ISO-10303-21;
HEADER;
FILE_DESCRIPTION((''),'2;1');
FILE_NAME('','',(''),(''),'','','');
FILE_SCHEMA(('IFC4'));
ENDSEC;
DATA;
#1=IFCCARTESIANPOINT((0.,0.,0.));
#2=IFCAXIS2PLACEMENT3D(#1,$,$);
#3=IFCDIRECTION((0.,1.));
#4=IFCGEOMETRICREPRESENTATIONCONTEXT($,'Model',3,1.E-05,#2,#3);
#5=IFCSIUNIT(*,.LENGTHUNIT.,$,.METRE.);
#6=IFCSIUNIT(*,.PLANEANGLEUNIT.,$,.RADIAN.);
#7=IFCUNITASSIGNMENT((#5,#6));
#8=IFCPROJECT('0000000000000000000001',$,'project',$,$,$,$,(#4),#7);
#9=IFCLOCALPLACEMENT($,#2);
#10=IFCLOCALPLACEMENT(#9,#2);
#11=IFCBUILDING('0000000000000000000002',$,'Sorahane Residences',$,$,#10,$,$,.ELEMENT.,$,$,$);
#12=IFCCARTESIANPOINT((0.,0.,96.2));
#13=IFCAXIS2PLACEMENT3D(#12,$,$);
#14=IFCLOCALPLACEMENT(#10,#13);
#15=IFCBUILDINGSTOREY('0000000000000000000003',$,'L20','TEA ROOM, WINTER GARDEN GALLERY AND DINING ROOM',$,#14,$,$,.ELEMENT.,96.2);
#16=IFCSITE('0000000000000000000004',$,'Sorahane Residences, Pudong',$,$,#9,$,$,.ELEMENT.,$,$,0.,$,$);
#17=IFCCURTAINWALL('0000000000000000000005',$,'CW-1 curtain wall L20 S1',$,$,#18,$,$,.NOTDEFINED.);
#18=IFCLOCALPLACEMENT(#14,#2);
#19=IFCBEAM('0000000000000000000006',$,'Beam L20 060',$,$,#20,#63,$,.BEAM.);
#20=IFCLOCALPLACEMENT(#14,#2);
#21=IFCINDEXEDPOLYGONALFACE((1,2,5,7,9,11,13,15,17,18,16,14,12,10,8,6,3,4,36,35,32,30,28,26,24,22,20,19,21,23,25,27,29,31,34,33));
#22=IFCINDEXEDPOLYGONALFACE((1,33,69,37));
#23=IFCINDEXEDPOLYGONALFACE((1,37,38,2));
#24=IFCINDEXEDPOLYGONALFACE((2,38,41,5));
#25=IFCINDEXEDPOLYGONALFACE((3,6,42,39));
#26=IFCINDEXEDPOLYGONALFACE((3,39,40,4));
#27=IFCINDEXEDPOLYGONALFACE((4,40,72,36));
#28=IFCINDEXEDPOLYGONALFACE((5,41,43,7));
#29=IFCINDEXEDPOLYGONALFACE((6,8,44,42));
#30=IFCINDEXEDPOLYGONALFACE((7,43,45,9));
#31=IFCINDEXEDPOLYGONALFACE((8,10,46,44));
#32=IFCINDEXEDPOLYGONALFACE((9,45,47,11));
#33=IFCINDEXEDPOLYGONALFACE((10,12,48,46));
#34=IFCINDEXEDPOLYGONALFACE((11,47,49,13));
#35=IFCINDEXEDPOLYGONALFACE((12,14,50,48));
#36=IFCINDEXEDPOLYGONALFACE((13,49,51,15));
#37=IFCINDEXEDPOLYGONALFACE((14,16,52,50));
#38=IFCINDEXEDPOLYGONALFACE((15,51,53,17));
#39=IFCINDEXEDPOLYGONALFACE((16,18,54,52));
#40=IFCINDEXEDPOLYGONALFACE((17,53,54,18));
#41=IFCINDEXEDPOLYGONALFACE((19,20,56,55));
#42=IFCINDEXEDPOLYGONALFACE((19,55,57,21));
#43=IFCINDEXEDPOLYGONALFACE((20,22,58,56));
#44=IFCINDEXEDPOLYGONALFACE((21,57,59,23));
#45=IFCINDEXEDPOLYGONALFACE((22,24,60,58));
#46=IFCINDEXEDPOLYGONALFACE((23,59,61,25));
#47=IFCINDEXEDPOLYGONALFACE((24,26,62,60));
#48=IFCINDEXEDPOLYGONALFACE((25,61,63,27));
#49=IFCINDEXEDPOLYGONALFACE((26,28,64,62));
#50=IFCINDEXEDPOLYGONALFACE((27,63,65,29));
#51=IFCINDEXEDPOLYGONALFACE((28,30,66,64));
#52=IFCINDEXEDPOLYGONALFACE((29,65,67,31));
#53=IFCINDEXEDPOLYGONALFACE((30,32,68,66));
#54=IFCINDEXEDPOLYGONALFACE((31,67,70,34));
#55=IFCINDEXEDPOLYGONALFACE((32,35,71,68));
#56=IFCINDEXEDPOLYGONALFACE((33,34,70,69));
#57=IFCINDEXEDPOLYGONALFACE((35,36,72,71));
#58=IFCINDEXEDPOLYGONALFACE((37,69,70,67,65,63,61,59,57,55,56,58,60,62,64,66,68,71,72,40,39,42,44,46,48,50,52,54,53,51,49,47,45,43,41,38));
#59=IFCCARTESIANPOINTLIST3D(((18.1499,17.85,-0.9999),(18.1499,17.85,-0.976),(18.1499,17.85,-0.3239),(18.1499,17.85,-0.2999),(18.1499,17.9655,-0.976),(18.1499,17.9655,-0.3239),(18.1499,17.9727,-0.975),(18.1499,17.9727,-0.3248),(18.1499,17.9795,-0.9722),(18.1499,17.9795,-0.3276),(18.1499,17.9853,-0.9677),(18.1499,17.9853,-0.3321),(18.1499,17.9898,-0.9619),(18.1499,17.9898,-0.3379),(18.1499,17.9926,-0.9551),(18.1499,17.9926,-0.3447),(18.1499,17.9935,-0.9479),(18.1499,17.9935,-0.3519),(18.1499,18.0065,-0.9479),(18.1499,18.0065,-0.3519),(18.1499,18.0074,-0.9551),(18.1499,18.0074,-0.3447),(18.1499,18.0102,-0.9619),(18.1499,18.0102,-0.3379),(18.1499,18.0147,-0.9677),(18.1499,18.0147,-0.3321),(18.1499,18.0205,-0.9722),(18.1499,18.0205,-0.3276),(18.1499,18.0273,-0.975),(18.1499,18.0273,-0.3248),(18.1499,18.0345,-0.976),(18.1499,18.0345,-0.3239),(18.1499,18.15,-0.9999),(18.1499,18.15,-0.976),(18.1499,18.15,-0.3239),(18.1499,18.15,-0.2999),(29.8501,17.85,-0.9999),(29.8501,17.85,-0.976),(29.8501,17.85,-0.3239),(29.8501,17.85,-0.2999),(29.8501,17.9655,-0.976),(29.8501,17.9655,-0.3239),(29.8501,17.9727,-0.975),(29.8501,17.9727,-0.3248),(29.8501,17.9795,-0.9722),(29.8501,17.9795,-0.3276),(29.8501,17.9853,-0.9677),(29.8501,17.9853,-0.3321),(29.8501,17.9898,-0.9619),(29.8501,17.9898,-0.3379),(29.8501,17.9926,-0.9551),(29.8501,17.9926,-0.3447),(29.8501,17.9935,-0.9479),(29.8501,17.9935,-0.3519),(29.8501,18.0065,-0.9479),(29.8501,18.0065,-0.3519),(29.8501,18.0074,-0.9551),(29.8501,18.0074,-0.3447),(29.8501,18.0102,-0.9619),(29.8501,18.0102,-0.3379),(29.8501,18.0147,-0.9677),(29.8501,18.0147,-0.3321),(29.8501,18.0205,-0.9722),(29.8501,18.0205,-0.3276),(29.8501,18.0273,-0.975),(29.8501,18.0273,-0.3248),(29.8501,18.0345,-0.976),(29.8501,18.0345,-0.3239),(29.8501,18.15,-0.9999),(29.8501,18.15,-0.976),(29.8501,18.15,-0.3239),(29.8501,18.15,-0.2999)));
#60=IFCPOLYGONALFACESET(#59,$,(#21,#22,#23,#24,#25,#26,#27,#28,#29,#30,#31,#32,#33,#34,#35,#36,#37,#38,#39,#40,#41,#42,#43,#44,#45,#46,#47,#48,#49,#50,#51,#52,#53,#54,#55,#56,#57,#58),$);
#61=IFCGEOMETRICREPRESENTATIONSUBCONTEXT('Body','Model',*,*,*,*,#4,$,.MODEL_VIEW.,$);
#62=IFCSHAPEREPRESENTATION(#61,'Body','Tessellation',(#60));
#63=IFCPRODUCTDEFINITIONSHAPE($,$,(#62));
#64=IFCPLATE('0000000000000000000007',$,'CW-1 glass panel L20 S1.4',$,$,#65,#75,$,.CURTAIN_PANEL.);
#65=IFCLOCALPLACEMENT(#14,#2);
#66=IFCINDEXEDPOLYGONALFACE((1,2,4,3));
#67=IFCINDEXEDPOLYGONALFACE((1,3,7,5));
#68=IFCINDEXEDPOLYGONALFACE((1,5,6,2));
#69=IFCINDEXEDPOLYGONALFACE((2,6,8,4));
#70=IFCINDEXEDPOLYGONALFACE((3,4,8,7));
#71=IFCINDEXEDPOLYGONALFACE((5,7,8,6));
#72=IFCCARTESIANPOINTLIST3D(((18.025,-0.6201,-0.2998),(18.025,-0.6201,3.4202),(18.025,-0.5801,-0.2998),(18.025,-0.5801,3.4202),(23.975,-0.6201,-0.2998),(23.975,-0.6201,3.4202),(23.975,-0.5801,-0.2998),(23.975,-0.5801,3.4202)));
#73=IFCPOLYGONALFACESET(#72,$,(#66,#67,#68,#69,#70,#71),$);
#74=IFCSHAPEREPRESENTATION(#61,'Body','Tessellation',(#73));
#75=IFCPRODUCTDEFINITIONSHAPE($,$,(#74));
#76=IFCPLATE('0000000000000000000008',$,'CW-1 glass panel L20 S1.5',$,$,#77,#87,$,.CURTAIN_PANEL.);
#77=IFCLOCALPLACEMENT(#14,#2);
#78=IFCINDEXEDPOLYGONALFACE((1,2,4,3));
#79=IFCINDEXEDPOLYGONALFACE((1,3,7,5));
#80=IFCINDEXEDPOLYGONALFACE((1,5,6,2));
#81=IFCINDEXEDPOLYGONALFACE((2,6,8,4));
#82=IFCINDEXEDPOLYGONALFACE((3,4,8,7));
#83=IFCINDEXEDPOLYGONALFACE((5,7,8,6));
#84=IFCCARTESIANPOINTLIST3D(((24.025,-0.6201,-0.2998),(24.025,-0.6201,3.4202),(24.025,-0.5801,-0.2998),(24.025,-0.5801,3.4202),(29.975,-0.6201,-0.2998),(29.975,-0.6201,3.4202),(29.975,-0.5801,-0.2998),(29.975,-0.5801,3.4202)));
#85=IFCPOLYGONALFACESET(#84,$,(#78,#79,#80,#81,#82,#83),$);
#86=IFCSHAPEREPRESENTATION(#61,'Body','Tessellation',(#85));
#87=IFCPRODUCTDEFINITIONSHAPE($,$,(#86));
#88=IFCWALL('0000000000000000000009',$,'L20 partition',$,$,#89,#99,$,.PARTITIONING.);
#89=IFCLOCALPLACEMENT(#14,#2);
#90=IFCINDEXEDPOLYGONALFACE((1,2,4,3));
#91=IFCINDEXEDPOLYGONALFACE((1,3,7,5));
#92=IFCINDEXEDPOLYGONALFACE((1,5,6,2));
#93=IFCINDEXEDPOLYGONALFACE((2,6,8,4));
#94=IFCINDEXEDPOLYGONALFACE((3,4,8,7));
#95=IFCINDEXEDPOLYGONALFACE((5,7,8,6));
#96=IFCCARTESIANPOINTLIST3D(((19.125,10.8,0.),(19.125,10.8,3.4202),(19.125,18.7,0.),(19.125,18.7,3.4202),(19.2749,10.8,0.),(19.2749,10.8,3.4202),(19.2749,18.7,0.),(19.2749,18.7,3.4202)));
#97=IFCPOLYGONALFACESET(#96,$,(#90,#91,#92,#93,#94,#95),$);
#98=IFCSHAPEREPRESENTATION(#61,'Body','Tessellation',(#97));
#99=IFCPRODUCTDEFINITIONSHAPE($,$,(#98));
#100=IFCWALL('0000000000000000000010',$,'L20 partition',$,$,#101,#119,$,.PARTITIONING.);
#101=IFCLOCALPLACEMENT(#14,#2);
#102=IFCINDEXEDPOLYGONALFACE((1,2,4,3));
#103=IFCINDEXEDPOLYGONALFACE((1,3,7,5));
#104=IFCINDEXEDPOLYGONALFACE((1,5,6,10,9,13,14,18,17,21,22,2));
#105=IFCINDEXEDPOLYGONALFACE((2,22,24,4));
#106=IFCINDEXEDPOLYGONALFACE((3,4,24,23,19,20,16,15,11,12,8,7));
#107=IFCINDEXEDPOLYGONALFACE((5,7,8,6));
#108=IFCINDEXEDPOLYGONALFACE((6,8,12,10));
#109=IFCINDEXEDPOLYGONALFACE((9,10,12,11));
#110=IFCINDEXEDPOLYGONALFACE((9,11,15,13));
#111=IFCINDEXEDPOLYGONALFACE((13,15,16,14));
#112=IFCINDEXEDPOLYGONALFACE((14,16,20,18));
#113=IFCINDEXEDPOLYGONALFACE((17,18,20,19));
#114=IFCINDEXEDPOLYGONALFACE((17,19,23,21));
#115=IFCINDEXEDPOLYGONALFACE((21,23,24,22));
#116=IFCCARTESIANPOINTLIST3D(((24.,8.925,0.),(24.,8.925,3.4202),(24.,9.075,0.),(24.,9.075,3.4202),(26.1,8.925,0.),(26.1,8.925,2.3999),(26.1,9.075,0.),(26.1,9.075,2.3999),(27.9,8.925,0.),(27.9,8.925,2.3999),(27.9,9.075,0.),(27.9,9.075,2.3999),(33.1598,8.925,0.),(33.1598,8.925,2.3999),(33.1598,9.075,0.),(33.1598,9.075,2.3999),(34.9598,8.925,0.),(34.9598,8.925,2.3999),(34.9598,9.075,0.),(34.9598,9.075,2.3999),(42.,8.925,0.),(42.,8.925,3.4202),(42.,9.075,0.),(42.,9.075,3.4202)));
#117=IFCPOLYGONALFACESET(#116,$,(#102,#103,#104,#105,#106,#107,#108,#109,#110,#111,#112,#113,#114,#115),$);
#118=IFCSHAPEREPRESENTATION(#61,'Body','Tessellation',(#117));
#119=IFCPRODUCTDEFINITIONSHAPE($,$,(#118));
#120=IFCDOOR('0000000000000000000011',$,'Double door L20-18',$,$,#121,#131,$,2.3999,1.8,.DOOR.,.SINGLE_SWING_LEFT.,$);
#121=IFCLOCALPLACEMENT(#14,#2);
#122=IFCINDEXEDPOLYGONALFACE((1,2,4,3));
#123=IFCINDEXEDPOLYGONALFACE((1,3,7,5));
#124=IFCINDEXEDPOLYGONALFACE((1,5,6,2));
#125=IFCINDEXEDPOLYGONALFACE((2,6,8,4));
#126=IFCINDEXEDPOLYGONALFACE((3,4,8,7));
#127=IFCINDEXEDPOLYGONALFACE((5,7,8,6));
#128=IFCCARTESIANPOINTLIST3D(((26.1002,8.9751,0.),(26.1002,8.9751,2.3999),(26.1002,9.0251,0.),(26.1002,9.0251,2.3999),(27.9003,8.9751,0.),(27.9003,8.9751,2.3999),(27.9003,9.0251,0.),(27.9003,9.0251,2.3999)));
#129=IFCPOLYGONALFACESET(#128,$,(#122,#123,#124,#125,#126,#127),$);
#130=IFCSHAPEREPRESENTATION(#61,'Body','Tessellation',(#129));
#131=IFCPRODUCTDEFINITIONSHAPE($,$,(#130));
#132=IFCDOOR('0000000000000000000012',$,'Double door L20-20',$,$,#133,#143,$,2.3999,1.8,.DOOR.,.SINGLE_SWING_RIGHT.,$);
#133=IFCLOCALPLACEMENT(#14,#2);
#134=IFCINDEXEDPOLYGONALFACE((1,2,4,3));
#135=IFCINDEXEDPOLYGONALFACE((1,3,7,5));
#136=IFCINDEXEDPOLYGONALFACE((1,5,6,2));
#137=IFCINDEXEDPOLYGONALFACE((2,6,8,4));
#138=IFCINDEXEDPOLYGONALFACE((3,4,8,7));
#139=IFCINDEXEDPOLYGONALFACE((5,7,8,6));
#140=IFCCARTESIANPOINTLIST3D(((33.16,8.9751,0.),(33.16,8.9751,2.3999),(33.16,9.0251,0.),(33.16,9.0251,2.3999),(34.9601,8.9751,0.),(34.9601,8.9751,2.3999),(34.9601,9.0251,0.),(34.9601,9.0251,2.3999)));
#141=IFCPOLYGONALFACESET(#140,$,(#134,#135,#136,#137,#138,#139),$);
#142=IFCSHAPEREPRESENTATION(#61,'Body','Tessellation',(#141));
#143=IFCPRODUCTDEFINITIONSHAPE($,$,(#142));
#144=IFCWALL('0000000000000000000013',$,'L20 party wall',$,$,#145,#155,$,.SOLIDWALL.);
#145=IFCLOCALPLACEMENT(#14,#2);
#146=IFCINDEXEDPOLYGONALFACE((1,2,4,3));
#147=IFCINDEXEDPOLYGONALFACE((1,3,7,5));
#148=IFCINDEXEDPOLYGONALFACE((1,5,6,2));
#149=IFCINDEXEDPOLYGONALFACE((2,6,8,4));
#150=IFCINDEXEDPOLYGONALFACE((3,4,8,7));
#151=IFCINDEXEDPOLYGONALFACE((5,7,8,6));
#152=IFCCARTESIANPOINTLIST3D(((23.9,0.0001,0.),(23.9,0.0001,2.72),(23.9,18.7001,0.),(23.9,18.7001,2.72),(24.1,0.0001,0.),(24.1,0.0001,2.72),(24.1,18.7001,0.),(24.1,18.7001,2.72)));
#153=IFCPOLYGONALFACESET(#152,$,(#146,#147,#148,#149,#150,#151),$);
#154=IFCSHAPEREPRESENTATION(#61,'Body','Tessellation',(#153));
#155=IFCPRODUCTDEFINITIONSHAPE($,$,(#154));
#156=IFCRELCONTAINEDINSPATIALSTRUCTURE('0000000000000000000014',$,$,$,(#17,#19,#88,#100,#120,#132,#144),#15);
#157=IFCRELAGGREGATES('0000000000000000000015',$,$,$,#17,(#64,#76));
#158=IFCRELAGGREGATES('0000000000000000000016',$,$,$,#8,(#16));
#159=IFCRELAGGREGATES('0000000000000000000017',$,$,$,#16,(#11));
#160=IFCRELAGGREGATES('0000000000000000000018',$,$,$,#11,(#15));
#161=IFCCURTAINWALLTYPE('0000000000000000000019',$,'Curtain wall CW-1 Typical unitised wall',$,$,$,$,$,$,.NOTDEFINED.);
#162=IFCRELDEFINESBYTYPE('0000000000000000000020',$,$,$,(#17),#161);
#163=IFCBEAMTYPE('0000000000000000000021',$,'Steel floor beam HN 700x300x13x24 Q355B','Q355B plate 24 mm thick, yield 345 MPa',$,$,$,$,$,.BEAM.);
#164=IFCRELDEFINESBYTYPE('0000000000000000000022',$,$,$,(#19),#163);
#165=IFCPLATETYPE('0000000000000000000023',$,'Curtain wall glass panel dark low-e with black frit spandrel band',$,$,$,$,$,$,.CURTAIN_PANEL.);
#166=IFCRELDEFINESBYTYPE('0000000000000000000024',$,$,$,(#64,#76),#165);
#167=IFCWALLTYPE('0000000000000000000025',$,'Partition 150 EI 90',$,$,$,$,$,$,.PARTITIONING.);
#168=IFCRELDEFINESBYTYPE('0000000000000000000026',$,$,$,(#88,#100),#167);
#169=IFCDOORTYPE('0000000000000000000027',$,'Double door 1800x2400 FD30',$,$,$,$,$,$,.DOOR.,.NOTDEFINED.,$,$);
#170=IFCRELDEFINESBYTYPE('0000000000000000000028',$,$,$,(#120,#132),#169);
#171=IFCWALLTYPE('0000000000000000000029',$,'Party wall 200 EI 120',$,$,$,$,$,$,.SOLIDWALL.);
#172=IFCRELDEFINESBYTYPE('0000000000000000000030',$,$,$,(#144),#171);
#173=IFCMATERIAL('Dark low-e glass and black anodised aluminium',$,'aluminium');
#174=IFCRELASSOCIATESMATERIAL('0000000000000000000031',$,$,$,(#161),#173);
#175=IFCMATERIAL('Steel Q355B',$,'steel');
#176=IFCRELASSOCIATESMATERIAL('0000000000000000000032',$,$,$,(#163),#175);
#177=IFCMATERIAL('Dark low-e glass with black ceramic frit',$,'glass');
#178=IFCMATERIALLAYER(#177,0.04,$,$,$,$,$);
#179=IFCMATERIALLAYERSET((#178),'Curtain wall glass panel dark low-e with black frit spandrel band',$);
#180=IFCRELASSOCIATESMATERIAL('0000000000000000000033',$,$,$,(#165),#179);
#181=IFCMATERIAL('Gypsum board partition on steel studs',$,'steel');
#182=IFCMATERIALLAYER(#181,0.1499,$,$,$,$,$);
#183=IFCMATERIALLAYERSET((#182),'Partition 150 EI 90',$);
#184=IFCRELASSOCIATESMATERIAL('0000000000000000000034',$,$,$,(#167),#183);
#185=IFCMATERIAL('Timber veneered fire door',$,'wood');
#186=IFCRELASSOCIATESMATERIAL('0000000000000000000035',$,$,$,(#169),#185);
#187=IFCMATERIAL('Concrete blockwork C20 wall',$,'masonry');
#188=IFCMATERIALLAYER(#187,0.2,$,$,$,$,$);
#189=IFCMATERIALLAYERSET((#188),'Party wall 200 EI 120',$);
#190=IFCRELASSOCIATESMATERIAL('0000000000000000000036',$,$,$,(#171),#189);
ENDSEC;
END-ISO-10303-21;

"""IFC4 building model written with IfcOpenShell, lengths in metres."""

from ifc_helpers import new_model, si_unit, direction, frame, frame_2d, origin, origin_2d, place, context, subcontext, project, spatial, rectangle, i_section, extrude, material, layer, layer_set, material_profile, profile_set, type_object, element, fill, aggregate, save


model = new_model("IFC4")

# Units and contexts
model_context = context("Model", 3, precision=1e-05, world=origin(), true_north=direction((0.0, 1.0)))
body_context = subcontext(model_context, "Body", "Model", "MODEL_VIEW")
ifc_project = project(units=[si_unit("LENGTHUNIT", "METRE"), si_unit("PLANEANGLEUNIT", "RADIAN")], contexts=[model_context])

# Site, building, storey
site_placement = place(None, origin())
site = spatial("IfcSite", under=ifc_project, at=site_placement, Name="Sorahane Residences, Pudong", CompositionType="ELEMENT", RefElevation=0.0)
building_placement = place(site_placement, origin())
building = spatial("IfcBuilding", under=site, at=building_placement, Name="Sorahane Residences", CompositionType="ELEMENT")
storey_placement = place(building_placement, frame((0.0, 0.0, 96.2)))
storey = spatial("IfcBuildingStorey", under=building, at=storey_placement, Name="L20", Description="TEA ROOM, WINTER GARDEN GALLERY AND DINING ROOM", CompositionType="ELEMENT", Elevation=96.2)

# Curtain wall
ifc_material_1 = material(Name="Dark low-e glass and black anodised aluminium", Category="aluminium")
curtain_wall_type = type_object("IfcCurtainWallType", Name="Curtain wall CW-1 Typical unitised wall", PredefinedType="NOTDEFINED", material=ifc_material_1)
curtain_wall_placement = place(storey_placement, origin())
curtain_wall = element("IfcCurtainWall", 1, at=curtain_wall_placement, inside=storey, type_object=curtain_wall_type, Name="CW-1 curtain wall L20 S1", PredefinedType="NOTDEFINED")

# Beam
ifc_material_2 = material(Name="Steel Q355B", Category="steel")
ifc_material_profile_1 = material_profile(ifc_material_2, i_section(OverallWidth=0.3, OverallDepth=0.7, WebThickness=0.0129, FlangeThickness=0.0239, FilletRadius=0.0281, at=origin_2d()), Name="HN 700x300x13x24")
ifc_profile_set_1 = profile_set([ifc_material_profile_1], Name="Steel Q355B")
beam_type_1 = type_object("IfcBeamType", Name="Steel floor beam HN 700x300x13x24 Q355B", Description="Q355B plate 24 mm thick, yield 345 MPa", PredefinedType="BEAM", material=ifc_profile_set_1)
beam_1_placement = place(storey_placement, frame((18.1499, 18.0, -0.6499), z_axis=(1.0, 0.0, 0.0), x_axis=(0.0, 1.0, 0.0)))
element("IfcBeam", 2, at=beam_1_placement, inside=storey, type_object=beam_type_1, Name="Beam L20 060", PredefinedType="BEAM", context=body_context, shape_type="SweptSolid", body=[
    extrude(i_section(OverallWidth=0.3, OverallDepth=0.7, WebThickness=0.0129, FlangeThickness=0.0239, FilletRadius=0.0281, at=origin_2d()), origin(), (0.0, 0.0, 1.0), 11.7002),
])

# Plates
ifc_material_3 = material(Name="Dark low-e glass with black ceramic frit", Category="glass")
ifc_layer_1 = layer(ifc_material_3, 0.04)
ifc_layer_set_1 = layer_set([ifc_layer_1], Name="Curtain wall glass panel dark low-e with black frit spandrel band")
plate_type = type_object("IfcPlateType", Name="Curtain wall glass panel dark low-e with black frit spandrel band", PredefinedType="CURTAIN_PANEL", material=ifc_layer_set_1)
plate_1_placement = place(storey_placement, frame((21.0, -0.6001, -0.2998), z_axis=(0.0, 0.0, 1.0), x_axis=(1.0, 0.0, 0.0)))
plate_1 = element("IfcPlate", 3, at=plate_1_placement, type_object=plate_type, Name="CW-1 glass panel L20 S1.4", PredefinedType="CURTAIN_PANEL", context=body_context, shape_type="SweptSolid", body=[
    extrude(rectangle(XDim=5.95, YDim=0.04, at=origin_2d()), origin(), (0.0, 0.0, 1.0), 3.72),
])
plate_2_placement = place(storey_placement, frame((27.0, -0.6001, -0.2998), z_axis=(0.0, 0.0, 1.0), x_axis=(1.0, 0.0, 0.0)))
plate_2 = element("IfcPlate", 4, at=plate_2_placement, type_object=plate_type, Name="CW-1 glass panel L20 S1.5", PredefinedType="CURTAIN_PANEL", context=body_context, shape_type="SweptSolid", body=[
    extrude(rectangle(XDim=5.95, YDim=0.04, at=origin_2d()), origin(), (0.0, 0.0, 1.0), 3.72),
])
aggregate(curtain_wall, [plate_1, plate_2])

# Wall
ifc_material_4 = material(Name="Gypsum board partition on steel studs", Category="steel")
ifc_layer_2 = layer(ifc_material_4, 0.1499)
ifc_layer_set_2 = layer_set([ifc_layer_2], Name="Partition 150 EI 90")
wall_type_1 = type_object("IfcWallType", Name="Partition 150 EI 90", PredefinedType="PARTITIONING", material=ifc_layer_set_2)
wall_1_placement = place(storey_placement, frame((19.2, 10.8, 0.0), z_axis=(0.0, 0.0, 1.0), x_axis=(0.0, 1.0, 0.0)))
element("IfcWall", 5, at=wall_1_placement, inside=storey, type_object=wall_type_1, Name="L20 partition", PredefinedType="PARTITIONING", context=body_context, shape_type="SweptSolid", body=[
    extrude(rectangle(XDim=7.8999, YDim=0.1499, at=frame_2d((3.95, 0.0))), origin(), (0.0, 0.0, 1.0), 3.4202),
])

# Wall, openings, doors
wall_2_placement = place(storey_placement, frame((24.0, 9.0, 0.0), z_axis=(0.0, 0.0, 1.0), x_axis=(1.0, 0.0, 0.0)))
wall_2 = element("IfcWall", 6, at=wall_2_placement, inside=storey, type_object=wall_type_1, Name="L20 partition", PredefinedType="PARTITIONING", context=body_context, shape_type="SweptSolid", body=[
    extrude(rectangle(XDim=18.0, YDim=0.1499, at=frame_2d((9.0, 0.0))), origin(), (0.0, 0.0, 1.0), 3.4202),
])
opening_1_placement = place(wall_2_placement, frame((2.1001, 0.0, 0.0)))
opening_1 = element("IfcOpeningElement", 7, at=opening_1_placement, cuts=wall_2, PredefinedType="OPENING", context=body_context, shape_type="SweptSolid", body=[
    extrude(rectangle(XDim=1.8, YDim=2.3999, at=frame_2d((0.8999, 1.2))), frame((0.0, 0.085, 0.0), z_axis=(0.0, -1.0, 0.0), x_axis=(1.0, 0.0, 0.0)), (0.0, 0.0, 1.0), 0.1699),
])
opening_2_placement = place(wall_2_placement, frame((9.1599, 0.0, 0.0)))
opening_2 = element("IfcOpeningElement", 8, at=opening_2_placement, cuts=wall_2, PredefinedType="OPENING", context=body_context, shape_type="SweptSolid", body=[
    extrude(rectangle(XDim=1.8, YDim=2.3999, at=frame_2d((0.8999, 1.2))), frame((0.0, 0.085, 0.0), z_axis=(0.0, -1.0, 0.0), x_axis=(1.0, 0.0, 0.0)), (0.0, 0.0, 1.0), 0.1699),
])
ifc_material_5 = material(Name="Timber veneered fire door", Category="wood")
door_type_1 = type_object("IfcDoorType", Name="Double door 1800x2400 FD30", OperationType="NOTDEFINED", PredefinedType="DOOR", material=ifc_material_5)
door_1_placement = place(opening_1_placement, frame((1.8, 0.0, 0.0), z_axis=(0.0, 0.0, 1.0), x_axis=(-1.0, 0.0, 0.0)))
door_1 = element("IfcDoor", 9, at=door_1_placement, inside=storey, type_object=door_type_1, Name="Double door L20-18", OperationType="SINGLE_SWING_LEFT", OverallHeight=2.3999, OverallWidth=1.8, PredefinedType="DOOR", context=body_context, shape_type="SweptSolid", body=[
    extrude(rectangle(XDim=1.8, YDim=2.3999, at=frame_2d((0.8999, 1.2))), frame((0.0, 0.0249, 0.0), z_axis=(0.0, -1.0, 0.0), x_axis=(1.0, 0.0, 0.0)), (0.0, 0.0, 1.0), 0.05),
])
fill(opening_1, door_1)
door_2_placement = place(opening_2_placement, frame((1.8, 0.0, 0.0), z_axis=(0.0, 0.0, 1.0), x_axis=(-1.0, 0.0, 0.0)))
door_2 = element("IfcDoor", 10, at=door_2_placement, inside=storey, type_object=door_type_1, Name="Double door L20-20", OperationType="SINGLE_SWING_RIGHT", OverallHeight=2.3999, OverallWidth=1.8, PredefinedType="DOOR", context=body_context, shape_type="SweptSolid", body=[
    extrude(rectangle(XDim=1.8, YDim=2.3999, at=frame_2d((0.8999, 1.2))), frame((0.0, 0.0249, 0.0), z_axis=(0.0, -1.0, 0.0), x_axis=(1.0, 0.0, 0.0)), (0.0, 0.0, 1.0), 0.05),
])
fill(opening_2, door_2)

# Wall
ifc_material_6 = material(Name="Concrete blockwork C20 wall", Category="masonry")
ifc_layer_3 = layer(ifc_material_6, 0.2)
ifc_layer_set_3 = layer_set([ifc_layer_3], Name="Party wall 200 EI 120")
wall_type_2 = type_object("IfcWallType", Name="Party wall 200 EI 120", PredefinedType="SOLIDWALL", material=ifc_layer_set_3)
wall_3_placement = place(storey_placement, frame((24.0, 0.0, 0.0), z_axis=(0.0, 0.0, 1.0), x_axis=(0.0, 1.0, 0.0)))
element("IfcWall", 11, at=wall_3_placement, inside=storey, type_object=wall_type_2, Name="L20 party wall", PredefinedType="SOLIDWALL", context=body_context, shape_type="SweptSolid", body=[
    extrude(rectangle(XDim=18.7, YDim=0.2, at=frame_2d((9.3501, 0.0))), origin(), (0.0, 0.0, 1.0), 2.72),
])

save(model, "model.ifc")
